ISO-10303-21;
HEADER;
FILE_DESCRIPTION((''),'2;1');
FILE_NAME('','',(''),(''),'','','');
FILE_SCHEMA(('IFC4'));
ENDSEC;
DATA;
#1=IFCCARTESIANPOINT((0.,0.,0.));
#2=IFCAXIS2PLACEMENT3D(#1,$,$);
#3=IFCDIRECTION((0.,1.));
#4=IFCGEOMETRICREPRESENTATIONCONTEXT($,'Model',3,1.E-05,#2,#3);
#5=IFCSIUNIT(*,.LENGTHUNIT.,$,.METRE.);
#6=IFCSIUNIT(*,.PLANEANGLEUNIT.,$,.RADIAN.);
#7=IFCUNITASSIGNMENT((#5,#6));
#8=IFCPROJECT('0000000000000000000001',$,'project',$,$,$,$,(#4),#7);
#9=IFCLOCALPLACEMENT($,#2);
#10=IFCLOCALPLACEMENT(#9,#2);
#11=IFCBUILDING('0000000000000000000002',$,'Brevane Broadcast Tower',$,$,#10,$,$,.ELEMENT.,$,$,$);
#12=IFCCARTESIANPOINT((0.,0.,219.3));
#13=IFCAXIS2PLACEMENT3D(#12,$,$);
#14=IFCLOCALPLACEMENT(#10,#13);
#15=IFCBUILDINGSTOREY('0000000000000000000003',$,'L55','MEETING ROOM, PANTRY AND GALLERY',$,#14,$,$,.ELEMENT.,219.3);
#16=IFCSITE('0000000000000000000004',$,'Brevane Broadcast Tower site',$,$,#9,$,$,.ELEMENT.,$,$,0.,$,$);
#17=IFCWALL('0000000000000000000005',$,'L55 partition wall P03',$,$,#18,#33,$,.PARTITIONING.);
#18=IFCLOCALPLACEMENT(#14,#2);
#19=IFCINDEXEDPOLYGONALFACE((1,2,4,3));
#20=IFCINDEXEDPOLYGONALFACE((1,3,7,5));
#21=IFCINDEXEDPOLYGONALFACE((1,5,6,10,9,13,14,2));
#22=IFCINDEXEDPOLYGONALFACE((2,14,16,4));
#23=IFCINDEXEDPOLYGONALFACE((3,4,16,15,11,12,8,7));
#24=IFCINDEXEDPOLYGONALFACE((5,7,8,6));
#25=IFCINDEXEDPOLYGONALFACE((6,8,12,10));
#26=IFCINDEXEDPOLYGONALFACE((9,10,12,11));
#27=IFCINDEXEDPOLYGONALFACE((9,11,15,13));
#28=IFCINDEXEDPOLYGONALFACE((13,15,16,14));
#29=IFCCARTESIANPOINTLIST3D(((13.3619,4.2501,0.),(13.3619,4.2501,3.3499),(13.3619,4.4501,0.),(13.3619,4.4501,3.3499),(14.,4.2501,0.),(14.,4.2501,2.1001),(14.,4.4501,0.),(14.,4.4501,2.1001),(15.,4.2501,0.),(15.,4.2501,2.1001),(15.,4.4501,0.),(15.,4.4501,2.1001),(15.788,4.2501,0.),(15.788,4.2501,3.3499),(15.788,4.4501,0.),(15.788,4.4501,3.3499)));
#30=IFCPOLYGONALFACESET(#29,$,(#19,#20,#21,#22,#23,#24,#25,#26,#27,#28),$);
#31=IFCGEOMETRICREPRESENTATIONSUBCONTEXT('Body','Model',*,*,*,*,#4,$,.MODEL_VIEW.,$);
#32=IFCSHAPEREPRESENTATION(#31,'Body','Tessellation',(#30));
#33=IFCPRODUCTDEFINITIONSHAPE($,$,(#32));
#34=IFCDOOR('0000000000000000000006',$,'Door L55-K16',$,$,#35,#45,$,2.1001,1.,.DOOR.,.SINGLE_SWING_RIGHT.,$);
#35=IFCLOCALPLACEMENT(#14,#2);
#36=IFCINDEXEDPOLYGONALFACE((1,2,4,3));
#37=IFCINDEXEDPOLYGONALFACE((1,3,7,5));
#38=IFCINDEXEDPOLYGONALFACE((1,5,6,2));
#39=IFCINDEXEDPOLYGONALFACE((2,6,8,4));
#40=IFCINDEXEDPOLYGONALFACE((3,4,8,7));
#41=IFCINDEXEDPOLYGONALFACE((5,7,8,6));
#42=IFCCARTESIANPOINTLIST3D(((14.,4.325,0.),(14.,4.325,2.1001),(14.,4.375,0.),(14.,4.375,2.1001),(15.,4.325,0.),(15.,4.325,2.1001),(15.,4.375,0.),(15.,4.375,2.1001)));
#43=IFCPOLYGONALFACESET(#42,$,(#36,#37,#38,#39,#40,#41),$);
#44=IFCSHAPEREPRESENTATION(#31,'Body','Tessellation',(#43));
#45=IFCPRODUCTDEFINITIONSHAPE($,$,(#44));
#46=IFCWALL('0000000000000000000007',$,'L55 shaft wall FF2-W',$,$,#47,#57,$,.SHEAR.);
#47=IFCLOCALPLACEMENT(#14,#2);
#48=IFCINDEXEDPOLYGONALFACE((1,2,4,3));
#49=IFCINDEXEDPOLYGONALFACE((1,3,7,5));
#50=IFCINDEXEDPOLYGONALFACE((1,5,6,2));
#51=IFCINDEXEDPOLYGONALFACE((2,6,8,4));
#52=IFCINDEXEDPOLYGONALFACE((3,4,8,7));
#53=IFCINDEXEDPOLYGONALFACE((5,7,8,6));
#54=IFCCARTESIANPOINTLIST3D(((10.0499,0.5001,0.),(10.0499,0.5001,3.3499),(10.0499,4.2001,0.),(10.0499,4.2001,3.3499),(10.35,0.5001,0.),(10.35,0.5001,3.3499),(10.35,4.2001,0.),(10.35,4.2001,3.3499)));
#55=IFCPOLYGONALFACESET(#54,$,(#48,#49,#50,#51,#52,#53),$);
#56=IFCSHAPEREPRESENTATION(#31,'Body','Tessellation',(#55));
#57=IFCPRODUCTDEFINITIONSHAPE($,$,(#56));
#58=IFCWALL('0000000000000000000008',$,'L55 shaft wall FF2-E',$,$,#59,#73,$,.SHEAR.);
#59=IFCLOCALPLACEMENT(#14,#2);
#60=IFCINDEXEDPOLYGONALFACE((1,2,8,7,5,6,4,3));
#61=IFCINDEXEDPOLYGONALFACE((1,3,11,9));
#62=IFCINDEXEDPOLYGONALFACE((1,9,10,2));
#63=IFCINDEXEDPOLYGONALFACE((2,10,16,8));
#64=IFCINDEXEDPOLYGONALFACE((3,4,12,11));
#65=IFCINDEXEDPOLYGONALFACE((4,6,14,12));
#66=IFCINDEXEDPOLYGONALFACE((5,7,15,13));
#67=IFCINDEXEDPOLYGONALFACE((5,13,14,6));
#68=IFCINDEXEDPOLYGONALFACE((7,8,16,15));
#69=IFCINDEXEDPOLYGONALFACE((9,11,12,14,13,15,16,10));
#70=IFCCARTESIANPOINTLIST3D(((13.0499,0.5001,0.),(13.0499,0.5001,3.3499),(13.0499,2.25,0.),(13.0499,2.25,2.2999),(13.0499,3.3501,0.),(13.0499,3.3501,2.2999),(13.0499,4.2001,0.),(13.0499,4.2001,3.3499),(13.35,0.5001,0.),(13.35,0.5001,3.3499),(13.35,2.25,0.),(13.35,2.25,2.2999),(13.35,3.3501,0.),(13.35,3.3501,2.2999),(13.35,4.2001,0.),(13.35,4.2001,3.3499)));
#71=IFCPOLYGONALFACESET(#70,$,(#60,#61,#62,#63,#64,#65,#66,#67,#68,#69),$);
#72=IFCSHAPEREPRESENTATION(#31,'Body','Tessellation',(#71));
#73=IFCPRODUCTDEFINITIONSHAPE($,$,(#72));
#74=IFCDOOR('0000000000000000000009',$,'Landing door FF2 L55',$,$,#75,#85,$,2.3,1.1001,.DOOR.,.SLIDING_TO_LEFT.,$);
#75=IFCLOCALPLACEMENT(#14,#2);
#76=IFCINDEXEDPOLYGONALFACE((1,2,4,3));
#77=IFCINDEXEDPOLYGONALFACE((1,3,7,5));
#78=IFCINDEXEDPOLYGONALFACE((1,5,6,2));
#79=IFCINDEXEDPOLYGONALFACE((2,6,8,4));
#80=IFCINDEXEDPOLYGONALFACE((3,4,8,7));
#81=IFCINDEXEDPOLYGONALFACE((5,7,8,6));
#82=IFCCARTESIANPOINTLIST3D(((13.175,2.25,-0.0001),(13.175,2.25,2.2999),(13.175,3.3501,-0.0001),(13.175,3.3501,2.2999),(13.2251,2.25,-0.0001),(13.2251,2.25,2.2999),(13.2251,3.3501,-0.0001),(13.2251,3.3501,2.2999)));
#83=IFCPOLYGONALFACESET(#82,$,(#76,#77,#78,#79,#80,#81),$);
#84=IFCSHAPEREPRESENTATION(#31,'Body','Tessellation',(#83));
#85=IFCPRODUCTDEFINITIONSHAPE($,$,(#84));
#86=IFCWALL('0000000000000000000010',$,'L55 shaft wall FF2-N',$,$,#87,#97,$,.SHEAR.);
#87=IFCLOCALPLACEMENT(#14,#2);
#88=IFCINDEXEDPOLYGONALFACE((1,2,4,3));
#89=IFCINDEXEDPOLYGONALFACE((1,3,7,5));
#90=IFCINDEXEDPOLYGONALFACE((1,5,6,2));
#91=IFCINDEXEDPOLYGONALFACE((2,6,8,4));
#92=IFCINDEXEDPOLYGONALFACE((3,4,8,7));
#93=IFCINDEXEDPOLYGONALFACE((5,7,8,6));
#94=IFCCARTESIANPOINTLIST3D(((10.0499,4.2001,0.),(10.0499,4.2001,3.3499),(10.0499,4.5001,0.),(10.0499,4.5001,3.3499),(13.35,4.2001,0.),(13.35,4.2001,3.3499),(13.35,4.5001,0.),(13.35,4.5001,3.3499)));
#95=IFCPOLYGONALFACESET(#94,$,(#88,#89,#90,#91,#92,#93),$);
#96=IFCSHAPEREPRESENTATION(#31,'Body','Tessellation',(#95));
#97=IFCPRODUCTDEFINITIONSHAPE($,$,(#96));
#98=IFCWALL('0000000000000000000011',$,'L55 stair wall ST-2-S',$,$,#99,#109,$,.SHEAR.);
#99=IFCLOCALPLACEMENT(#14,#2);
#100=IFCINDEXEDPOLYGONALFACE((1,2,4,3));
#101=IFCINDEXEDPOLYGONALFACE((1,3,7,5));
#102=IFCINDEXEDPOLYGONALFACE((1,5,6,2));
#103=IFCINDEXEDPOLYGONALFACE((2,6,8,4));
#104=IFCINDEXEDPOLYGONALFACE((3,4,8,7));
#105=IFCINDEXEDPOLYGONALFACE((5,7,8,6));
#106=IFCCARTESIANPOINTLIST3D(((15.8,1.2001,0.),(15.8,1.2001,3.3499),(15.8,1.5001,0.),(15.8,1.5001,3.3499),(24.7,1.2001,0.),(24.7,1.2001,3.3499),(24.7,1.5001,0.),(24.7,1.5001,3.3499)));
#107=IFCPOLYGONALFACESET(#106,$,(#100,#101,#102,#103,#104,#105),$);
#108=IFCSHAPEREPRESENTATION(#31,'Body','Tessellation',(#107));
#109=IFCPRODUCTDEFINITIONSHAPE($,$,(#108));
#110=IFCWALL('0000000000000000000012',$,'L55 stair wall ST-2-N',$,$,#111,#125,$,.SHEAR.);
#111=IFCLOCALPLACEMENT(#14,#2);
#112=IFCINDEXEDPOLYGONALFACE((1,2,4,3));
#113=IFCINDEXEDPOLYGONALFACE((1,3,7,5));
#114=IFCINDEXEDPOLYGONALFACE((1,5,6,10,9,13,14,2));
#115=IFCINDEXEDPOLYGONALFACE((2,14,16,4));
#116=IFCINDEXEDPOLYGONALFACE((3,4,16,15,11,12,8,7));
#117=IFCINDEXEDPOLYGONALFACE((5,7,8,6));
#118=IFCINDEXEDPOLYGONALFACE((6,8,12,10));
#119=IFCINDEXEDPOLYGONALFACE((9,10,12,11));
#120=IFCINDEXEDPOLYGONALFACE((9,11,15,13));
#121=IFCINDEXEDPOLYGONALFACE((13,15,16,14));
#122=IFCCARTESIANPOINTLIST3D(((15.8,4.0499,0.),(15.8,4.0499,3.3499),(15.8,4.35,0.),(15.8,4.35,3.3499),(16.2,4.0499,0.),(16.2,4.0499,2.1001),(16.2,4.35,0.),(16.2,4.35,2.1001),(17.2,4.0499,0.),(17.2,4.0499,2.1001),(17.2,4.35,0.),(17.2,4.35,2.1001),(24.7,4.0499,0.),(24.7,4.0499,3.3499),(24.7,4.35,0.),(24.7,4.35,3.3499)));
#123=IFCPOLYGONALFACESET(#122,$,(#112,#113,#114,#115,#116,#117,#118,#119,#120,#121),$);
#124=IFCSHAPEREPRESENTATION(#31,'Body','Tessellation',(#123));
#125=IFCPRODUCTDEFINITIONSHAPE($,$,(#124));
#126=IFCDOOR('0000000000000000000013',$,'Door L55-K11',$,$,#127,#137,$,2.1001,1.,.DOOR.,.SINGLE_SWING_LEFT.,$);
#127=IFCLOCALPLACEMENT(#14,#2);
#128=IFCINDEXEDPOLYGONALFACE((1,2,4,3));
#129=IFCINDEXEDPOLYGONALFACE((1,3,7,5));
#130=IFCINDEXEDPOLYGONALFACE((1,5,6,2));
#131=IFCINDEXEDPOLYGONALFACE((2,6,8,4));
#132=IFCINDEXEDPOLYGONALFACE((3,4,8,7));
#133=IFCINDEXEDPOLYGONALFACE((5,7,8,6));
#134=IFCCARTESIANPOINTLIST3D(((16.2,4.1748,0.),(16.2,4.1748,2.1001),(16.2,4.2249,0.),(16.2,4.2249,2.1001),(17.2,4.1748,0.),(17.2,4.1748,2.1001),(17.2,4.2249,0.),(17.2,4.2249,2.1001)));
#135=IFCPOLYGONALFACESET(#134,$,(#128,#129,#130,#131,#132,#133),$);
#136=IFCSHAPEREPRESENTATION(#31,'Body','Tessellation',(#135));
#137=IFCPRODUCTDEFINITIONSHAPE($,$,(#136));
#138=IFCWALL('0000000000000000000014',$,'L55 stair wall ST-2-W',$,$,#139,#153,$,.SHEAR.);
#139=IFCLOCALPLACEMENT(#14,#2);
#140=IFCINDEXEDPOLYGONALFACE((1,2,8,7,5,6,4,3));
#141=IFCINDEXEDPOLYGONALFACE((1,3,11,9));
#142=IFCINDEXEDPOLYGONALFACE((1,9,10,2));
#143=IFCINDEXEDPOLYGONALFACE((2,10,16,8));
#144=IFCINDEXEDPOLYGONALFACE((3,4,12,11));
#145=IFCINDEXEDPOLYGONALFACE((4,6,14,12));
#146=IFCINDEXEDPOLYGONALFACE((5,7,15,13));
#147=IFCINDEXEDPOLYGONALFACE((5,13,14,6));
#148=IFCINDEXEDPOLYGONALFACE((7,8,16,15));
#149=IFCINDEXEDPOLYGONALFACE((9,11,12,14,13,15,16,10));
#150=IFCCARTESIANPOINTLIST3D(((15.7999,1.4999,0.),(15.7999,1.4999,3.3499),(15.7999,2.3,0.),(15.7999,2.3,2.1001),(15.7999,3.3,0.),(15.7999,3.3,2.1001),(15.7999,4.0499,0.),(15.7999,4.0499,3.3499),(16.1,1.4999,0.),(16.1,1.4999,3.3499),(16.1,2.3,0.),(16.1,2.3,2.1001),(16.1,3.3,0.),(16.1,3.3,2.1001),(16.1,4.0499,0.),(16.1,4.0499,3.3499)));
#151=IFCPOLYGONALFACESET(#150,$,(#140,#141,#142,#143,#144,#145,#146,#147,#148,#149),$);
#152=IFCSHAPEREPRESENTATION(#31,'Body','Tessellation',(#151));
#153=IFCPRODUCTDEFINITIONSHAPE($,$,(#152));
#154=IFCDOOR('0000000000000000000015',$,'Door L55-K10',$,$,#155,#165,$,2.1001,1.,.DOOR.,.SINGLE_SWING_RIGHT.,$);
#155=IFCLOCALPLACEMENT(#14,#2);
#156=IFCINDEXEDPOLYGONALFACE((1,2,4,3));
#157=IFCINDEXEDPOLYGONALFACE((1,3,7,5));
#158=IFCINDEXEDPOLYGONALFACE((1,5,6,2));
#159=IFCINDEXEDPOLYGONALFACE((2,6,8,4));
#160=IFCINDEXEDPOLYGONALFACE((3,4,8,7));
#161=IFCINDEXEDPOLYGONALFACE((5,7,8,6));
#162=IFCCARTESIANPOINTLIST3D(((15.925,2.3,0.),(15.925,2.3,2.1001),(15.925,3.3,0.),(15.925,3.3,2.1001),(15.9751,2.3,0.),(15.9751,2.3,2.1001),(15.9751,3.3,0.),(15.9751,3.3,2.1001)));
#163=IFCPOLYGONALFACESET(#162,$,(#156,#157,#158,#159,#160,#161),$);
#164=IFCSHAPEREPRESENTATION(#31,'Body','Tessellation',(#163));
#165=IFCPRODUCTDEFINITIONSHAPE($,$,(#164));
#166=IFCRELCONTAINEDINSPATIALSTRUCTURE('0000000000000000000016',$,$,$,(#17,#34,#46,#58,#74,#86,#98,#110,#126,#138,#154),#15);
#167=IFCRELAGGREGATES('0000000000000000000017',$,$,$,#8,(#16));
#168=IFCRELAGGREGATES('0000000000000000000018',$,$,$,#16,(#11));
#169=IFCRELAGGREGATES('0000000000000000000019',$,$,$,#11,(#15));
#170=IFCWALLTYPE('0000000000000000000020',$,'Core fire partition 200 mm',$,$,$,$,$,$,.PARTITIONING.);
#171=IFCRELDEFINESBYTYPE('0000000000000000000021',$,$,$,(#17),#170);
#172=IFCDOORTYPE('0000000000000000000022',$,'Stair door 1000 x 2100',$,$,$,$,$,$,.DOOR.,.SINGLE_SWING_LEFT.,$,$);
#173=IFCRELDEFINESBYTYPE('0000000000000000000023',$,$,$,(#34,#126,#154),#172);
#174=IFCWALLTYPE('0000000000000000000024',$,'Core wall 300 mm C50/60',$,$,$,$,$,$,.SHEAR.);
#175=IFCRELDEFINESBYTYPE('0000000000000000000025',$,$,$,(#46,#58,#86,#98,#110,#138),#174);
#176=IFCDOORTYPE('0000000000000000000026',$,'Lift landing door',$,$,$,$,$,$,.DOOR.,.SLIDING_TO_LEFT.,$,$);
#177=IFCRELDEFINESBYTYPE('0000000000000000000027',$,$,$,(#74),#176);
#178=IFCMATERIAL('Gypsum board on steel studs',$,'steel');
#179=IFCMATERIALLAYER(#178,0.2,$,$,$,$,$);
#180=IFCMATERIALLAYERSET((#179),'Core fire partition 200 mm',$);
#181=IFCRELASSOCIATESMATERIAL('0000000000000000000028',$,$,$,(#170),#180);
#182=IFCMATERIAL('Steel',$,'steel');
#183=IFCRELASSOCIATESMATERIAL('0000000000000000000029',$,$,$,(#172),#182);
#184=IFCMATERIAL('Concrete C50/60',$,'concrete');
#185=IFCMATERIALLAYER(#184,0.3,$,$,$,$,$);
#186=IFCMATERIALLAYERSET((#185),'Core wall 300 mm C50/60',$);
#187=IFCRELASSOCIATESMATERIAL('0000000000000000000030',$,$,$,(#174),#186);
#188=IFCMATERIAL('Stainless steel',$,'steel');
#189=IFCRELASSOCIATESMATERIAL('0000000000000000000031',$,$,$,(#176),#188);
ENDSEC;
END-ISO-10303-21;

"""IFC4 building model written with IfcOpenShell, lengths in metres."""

from ifc_helpers import new_model, si_unit, direction, frame, frame_2d, origin, place, context, subcontext, project, spatial, rectangle, extrude, material, layer, layer_set, type_object, element, fill, save


model = new_model("IFC4")

# Units and contexts
model_context = context("Model", 3, precision=1e-05, world=origin(), true_north=direction((0.0, 1.0)))
body_context = subcontext(model_context, "Body", "Model", "MODEL_VIEW")
ifc_project = project(units=[si_unit("LENGTHUNIT", "METRE"), si_unit("PLANEANGLEUNIT", "RADIAN")], contexts=[model_context])

# Site, building, storey
site_placement = place(None, origin())
site = spatial("IfcSite", under=ifc_project, at=site_placement, Name="Brevane Broadcast Tower site", CompositionType="ELEMENT", RefElevation=0.0)
building_placement = place(site_placement, origin())
building = spatial("IfcBuilding", under=site, at=building_placement, Name="Brevane Broadcast Tower", CompositionType="ELEMENT")
storey_placement = place(building_placement, frame((0.0, 0.0, 219.3)))
storey = spatial("IfcBuildingStorey", under=building, at=storey_placement, Name="L55", Description="MEETING ROOM, PANTRY AND GALLERY", CompositionType="ELEMENT", Elevation=219.3)

# Wall, opening, door
ifc_material_1 = material(Name="Gypsum board on steel studs", Category="steel")
ifc_layer_1 = layer(ifc_material_1, 0.2)
ifc_layer_set_1 = layer_set([ifc_layer_1], Name="Core fire partition 200 mm")
wall_type_1 = type_object("IfcWallType", Name="Core fire partition 200 mm", PredefinedType="PARTITIONING", material=ifc_layer_set_1)
wall_1_placement = place(storey_placement, frame((13.3621, 4.3501, 0.0), z_axis=(0.0, 0.0, 1.0), x_axis=(1.0, 0.0, 0.0)))
wall_1 = element("IfcWall", 1, at=wall_1_placement, inside=storey, type_object=wall_type_1, Name="L55 partition wall P03", PredefinedType="PARTITIONING", context=body_context, shape_type="SweptSolid", body=[
    extrude(rectangle(XDim=2.426, YDim=0.2, at=frame_2d((1.2129, 0.0))), origin(), (0.0, 0.0, 1.0), 3.3499),
])
opening_1_placement = place(wall_1_placement, frame((0.6379, 0.0, 0.0)))
opening_1 = element("IfcOpeningElement", 2, at=opening_1_placement, cuts=wall_1, PredefinedType="OPENING", context=body_context, shape_type="SweptSolid", body=[
    extrude(rectangle(XDim=1.0, YDim=2.1001, at=frame_2d((0.5, 1.05))), frame((0.0, 0.1099, 0.0), z_axis=(0.0, -1.0, 0.0), x_axis=(1.0, 0.0, 0.0)), (0.0, 0.0, 1.0), 0.22),
])
ifc_material_2 = material(Name="Steel", Category="steel")
door_type_1 = type_object("IfcDoorType", Name="Stair door 1000 x 2100", OperationType="SINGLE_SWING_LEFT", PredefinedType="DOOR", material=ifc_material_2)
door_1_placement = place(opening_1_placement, origin())
door_1 = element("IfcDoor", 3, at=door_1_placement, inside=storey, type_object=door_type_1, Name="Door L55-K16", OperationType="SINGLE_SWING_RIGHT", OverallHeight=2.1001, OverallWidth=1.0, PredefinedType="DOOR", context=body_context, shape_type="SweptSolid", body=[
    extrude(rectangle(XDim=1.0, YDim=2.1001, at=frame_2d((0.5, 1.05))), frame((0.0, 0.0249, 0.0), z_axis=(0.0, -1.0, 0.0), x_axis=(1.0, 0.0, 0.0)), (0.0, 0.0, 1.0), 0.05),
])
fill(opening_1, door_1)

# Wall
ifc_material_3 = material(Name="Concrete C50/60", Category="concrete")
ifc_layer_2 = layer(ifc_material_3, 0.3)
ifc_layer_set_2 = layer_set([ifc_layer_2], Name="Core wall 300 mm C50/60")
wall_type_2 = type_object("IfcWallType", Name="Core wall 300 mm C50/60", PredefinedType="SHEAR", material=ifc_layer_set_2)
wall_2_placement = place(storey_placement, frame((10.2, 0.5, 0.0), z_axis=(0.0, 0.0, 1.0), x_axis=(0.0, 1.0, 0.0)))
element("IfcWall", 4, at=wall_2_placement, inside=storey, type_object=wall_type_2, Name="L55 shaft wall FF2-W", PredefinedType="SHEAR", context=body_context, shape_type="SweptSolid", body=[
    extrude(rectangle(XDim=3.7, YDim=0.3, at=frame_2d((1.8501, 0.0))), origin(), (0.0, 0.0, 1.0), 3.3499),
])

# Wall, opening, door
wall_3_placement = place(storey_placement, frame((13.2, 0.5, 0.0), z_axis=(0.0, 0.0, 1.0), x_axis=(0.0, 1.0, 0.0)))
wall_3 = element("IfcWall", 5, at=wall_3_placement, inside=storey, type_object=wall_type_2, Name="L55 shaft wall FF2-E", PredefinedType="SHEAR", context=body_context, shape_type="SweptSolid", body=[
    extrude(rectangle(XDim=3.7, YDim=0.3, at=frame_2d((1.8501, 0.0))), origin(), (0.0, 0.0, 1.0), 3.3499),
])
opening_2_placement = place(wall_3_placement, frame((1.75, 0.0, 0.0)))
opening_2 = element("IfcOpeningElement", 6, at=opening_2_placement, cuts=wall_3, PredefinedType="OPENING", context=body_context, shape_type="SweptSolid", body=[
    extrude(rectangle(XDim=1.1001, YDim=2.3, at=frame_2d((0.55, 1.1499))), frame((0.0, 0.1599, 0.0), z_axis=(0.0, -1.0, 0.0), x_axis=(1.0, 0.0, 0.0)), (0.0, 0.0, 1.0), 0.3201),
])
ifc_material_4 = material(Name="Stainless steel", Category="steel")
door_type_2 = type_object("IfcDoorType", Name="Lift landing door", OperationType="SLIDING_TO_LEFT", PredefinedType="DOOR", material=ifc_material_4)
door_2_placement = place(opening_2_placement, origin())
door_2 = element("IfcDoor", 7, at=door_2_placement, inside=storey, type_object=door_type_2, Name="Landing door FF2 L55", OperationType="SLIDING_TO_LEFT", OverallHeight=2.3, OverallWidth=1.1001, PredefinedType="DOOR", context=body_context, shape_type="SweptSolid", body=[
    extrude(rectangle(XDim=1.1001, YDim=2.3, at=frame_2d((0.55, 1.1499))), frame((0.0, 0.0249, 0.0), z_axis=(0.0, -1.0, 0.0), x_axis=(1.0, 0.0, 0.0)), (0.0, 0.0, 1.0), 0.05),
])
fill(opening_2, door_2)

# Walls
wall_4_placement = place(storey_placement, frame((10.05, 4.3501, 0.0), z_axis=(0.0, 0.0, 1.0), x_axis=(1.0, 0.0, 0.0)))
element("IfcWall", 8, at=wall_4_placement, inside=storey, type_object=wall_type_2, Name="L55 shaft wall FF2-N", PredefinedType="SHEAR", context=body_context, shape_type="SweptSolid", body=[
    extrude(rectangle(XDim=3.3, YDim=0.3, at=frame_2d((1.6499, 0.0))), origin(), (0.0, 0.0, 1.0), 3.3499),
])
wall_5_placement = place(storey_placement, frame((15.8, 1.3501, 0.0), z_axis=(0.0, 0.0, 1.0), x_axis=(1.0, 0.0, 0.0)))
element("IfcWall", 9, at=wall_5_placement, inside=storey, type_object=wall_type_2, Name="L55 stair wall ST-2-S", PredefinedType="SHEAR", context=body_context, shape_type="SweptSolid", body=[
    extrude(rectangle(XDim=8.8999, YDim=0.3, at=frame_2d((4.45, 0.0))), origin(), (0.0, 0.0, 1.0), 3.3499),
])

# Walls, openings, doors
wall_6_placement = place(storey_placement, frame((15.8, 4.2, 0.0), z_axis=(0.0, 0.0, 1.0), x_axis=(1.0, 0.0, 0.0)))
wall_6 = element("IfcWall", 10, at=wall_6_placement, inside=storey, type_object=wall_type_2, Name="L55 stair wall ST-2-N", PredefinedType="SHEAR", context=body_context, shape_type="SweptSolid", body=[
    extrude(rectangle(XDim=8.8999, YDim=0.3, at=frame_2d((4.45, 0.0))), origin(), (0.0, 0.0, 1.0), 3.3499),
])
opening_3_placement = place(wall_6_placement, frame((0.3999, 0.0, 0.0)))
opening_3 = element("IfcOpeningElement", 11, at=opening_3_placement, cuts=wall_6, PredefinedType="OPENING", context=body_context, shape_type="SweptSolid", body=[
    extrude(rectangle(XDim=1.0, YDim=2.1001, at=frame_2d((0.5, 1.05))), frame((0.0, 0.1599, 0.0), z_axis=(0.0, -1.0, 0.0), x_axis=(1.0, 0.0, 0.0)), (0.0, 0.0, 1.0), 0.3201),
])
door_3_placement = place(opening_3_placement, origin())
door_3 = element("IfcDoor", 12, at=door_3_placement, inside=storey, type_object=door_type_1, Name="Door L55-K11", OperationType="SINGLE_SWING_LEFT", OverallHeight=2.1001, OverallWidth=1.0, PredefinedType="DOOR", context=body_context, shape_type="SweptSolid", body=[
    extrude(rectangle(XDim=1.0, YDim=2.1001, at=frame_2d((0.5, 1.05))), frame((0.0, 0.0249, 0.0), z_axis=(0.0, -1.0, 0.0), x_axis=(1.0, 0.0, 0.0)), (0.0, 0.0, 1.0), 0.05),
])
fill(opening_3, door_3)
wall_7_placement = place(storey_placement, frame((15.95, 1.5, 0.0), z_axis=(0.0, 0.0, 1.0), x_axis=(0.0, 1.0, 0.0)))
wall_7 = element("IfcWall", 13, at=wall_7_placement, inside=storey, type_object=wall_type_2, Name="L55 stair wall ST-2-W", PredefinedType="SHEAR", context=body_context, shape_type="SweptSolid", body=[
    extrude(rectangle(XDim=2.55, YDim=0.3, at=frame_2d((1.2749, 0.0))), origin(), (0.0, 0.0, 1.0), 3.3499),
])
opening_4_placement = place(wall_7_placement, frame((0.8, 0.0, 0.0)))
opening_4 = element("IfcOpeningElement", 14, at=opening_4_placement, cuts=wall_7, PredefinedType="OPENING", context=body_context, shape_type="SweptSolid", body=[
    extrude(rectangle(XDim=1.0, YDim=2.1001, at=frame_2d((0.5, 1.05))), frame((0.0, 0.1599, 0.0), z_axis=(0.0, -1.0, 0.0), x_axis=(1.0, 0.0, 0.0)), (0.0, 0.0, 1.0), 0.3201),
])
door_4_placement = place(opening_4_placement, origin())
door_4 = element("IfcDoor", 15, at=door_4_placement, inside=storey, type_object=door_type_1, Name="Door L55-K10", OperationType="SINGLE_SWING_RIGHT", OverallHeight=2.1001, OverallWidth=1.0, PredefinedType="DOOR", context=body_context, shape_type="SweptSolid", body=[
    extrude(rectangle(XDim=1.0, YDim=2.1001, at=frame_2d((0.5, 1.05))), frame((0.0, 0.0249, 0.0), z_axis=(0.0, -1.0, 0.0), x_axis=(1.0, 0.0, 0.0)), (0.0, 0.0, 1.0), 0.05),
])
fill(opening_4, door_4)

save(model, "model.ifc")
